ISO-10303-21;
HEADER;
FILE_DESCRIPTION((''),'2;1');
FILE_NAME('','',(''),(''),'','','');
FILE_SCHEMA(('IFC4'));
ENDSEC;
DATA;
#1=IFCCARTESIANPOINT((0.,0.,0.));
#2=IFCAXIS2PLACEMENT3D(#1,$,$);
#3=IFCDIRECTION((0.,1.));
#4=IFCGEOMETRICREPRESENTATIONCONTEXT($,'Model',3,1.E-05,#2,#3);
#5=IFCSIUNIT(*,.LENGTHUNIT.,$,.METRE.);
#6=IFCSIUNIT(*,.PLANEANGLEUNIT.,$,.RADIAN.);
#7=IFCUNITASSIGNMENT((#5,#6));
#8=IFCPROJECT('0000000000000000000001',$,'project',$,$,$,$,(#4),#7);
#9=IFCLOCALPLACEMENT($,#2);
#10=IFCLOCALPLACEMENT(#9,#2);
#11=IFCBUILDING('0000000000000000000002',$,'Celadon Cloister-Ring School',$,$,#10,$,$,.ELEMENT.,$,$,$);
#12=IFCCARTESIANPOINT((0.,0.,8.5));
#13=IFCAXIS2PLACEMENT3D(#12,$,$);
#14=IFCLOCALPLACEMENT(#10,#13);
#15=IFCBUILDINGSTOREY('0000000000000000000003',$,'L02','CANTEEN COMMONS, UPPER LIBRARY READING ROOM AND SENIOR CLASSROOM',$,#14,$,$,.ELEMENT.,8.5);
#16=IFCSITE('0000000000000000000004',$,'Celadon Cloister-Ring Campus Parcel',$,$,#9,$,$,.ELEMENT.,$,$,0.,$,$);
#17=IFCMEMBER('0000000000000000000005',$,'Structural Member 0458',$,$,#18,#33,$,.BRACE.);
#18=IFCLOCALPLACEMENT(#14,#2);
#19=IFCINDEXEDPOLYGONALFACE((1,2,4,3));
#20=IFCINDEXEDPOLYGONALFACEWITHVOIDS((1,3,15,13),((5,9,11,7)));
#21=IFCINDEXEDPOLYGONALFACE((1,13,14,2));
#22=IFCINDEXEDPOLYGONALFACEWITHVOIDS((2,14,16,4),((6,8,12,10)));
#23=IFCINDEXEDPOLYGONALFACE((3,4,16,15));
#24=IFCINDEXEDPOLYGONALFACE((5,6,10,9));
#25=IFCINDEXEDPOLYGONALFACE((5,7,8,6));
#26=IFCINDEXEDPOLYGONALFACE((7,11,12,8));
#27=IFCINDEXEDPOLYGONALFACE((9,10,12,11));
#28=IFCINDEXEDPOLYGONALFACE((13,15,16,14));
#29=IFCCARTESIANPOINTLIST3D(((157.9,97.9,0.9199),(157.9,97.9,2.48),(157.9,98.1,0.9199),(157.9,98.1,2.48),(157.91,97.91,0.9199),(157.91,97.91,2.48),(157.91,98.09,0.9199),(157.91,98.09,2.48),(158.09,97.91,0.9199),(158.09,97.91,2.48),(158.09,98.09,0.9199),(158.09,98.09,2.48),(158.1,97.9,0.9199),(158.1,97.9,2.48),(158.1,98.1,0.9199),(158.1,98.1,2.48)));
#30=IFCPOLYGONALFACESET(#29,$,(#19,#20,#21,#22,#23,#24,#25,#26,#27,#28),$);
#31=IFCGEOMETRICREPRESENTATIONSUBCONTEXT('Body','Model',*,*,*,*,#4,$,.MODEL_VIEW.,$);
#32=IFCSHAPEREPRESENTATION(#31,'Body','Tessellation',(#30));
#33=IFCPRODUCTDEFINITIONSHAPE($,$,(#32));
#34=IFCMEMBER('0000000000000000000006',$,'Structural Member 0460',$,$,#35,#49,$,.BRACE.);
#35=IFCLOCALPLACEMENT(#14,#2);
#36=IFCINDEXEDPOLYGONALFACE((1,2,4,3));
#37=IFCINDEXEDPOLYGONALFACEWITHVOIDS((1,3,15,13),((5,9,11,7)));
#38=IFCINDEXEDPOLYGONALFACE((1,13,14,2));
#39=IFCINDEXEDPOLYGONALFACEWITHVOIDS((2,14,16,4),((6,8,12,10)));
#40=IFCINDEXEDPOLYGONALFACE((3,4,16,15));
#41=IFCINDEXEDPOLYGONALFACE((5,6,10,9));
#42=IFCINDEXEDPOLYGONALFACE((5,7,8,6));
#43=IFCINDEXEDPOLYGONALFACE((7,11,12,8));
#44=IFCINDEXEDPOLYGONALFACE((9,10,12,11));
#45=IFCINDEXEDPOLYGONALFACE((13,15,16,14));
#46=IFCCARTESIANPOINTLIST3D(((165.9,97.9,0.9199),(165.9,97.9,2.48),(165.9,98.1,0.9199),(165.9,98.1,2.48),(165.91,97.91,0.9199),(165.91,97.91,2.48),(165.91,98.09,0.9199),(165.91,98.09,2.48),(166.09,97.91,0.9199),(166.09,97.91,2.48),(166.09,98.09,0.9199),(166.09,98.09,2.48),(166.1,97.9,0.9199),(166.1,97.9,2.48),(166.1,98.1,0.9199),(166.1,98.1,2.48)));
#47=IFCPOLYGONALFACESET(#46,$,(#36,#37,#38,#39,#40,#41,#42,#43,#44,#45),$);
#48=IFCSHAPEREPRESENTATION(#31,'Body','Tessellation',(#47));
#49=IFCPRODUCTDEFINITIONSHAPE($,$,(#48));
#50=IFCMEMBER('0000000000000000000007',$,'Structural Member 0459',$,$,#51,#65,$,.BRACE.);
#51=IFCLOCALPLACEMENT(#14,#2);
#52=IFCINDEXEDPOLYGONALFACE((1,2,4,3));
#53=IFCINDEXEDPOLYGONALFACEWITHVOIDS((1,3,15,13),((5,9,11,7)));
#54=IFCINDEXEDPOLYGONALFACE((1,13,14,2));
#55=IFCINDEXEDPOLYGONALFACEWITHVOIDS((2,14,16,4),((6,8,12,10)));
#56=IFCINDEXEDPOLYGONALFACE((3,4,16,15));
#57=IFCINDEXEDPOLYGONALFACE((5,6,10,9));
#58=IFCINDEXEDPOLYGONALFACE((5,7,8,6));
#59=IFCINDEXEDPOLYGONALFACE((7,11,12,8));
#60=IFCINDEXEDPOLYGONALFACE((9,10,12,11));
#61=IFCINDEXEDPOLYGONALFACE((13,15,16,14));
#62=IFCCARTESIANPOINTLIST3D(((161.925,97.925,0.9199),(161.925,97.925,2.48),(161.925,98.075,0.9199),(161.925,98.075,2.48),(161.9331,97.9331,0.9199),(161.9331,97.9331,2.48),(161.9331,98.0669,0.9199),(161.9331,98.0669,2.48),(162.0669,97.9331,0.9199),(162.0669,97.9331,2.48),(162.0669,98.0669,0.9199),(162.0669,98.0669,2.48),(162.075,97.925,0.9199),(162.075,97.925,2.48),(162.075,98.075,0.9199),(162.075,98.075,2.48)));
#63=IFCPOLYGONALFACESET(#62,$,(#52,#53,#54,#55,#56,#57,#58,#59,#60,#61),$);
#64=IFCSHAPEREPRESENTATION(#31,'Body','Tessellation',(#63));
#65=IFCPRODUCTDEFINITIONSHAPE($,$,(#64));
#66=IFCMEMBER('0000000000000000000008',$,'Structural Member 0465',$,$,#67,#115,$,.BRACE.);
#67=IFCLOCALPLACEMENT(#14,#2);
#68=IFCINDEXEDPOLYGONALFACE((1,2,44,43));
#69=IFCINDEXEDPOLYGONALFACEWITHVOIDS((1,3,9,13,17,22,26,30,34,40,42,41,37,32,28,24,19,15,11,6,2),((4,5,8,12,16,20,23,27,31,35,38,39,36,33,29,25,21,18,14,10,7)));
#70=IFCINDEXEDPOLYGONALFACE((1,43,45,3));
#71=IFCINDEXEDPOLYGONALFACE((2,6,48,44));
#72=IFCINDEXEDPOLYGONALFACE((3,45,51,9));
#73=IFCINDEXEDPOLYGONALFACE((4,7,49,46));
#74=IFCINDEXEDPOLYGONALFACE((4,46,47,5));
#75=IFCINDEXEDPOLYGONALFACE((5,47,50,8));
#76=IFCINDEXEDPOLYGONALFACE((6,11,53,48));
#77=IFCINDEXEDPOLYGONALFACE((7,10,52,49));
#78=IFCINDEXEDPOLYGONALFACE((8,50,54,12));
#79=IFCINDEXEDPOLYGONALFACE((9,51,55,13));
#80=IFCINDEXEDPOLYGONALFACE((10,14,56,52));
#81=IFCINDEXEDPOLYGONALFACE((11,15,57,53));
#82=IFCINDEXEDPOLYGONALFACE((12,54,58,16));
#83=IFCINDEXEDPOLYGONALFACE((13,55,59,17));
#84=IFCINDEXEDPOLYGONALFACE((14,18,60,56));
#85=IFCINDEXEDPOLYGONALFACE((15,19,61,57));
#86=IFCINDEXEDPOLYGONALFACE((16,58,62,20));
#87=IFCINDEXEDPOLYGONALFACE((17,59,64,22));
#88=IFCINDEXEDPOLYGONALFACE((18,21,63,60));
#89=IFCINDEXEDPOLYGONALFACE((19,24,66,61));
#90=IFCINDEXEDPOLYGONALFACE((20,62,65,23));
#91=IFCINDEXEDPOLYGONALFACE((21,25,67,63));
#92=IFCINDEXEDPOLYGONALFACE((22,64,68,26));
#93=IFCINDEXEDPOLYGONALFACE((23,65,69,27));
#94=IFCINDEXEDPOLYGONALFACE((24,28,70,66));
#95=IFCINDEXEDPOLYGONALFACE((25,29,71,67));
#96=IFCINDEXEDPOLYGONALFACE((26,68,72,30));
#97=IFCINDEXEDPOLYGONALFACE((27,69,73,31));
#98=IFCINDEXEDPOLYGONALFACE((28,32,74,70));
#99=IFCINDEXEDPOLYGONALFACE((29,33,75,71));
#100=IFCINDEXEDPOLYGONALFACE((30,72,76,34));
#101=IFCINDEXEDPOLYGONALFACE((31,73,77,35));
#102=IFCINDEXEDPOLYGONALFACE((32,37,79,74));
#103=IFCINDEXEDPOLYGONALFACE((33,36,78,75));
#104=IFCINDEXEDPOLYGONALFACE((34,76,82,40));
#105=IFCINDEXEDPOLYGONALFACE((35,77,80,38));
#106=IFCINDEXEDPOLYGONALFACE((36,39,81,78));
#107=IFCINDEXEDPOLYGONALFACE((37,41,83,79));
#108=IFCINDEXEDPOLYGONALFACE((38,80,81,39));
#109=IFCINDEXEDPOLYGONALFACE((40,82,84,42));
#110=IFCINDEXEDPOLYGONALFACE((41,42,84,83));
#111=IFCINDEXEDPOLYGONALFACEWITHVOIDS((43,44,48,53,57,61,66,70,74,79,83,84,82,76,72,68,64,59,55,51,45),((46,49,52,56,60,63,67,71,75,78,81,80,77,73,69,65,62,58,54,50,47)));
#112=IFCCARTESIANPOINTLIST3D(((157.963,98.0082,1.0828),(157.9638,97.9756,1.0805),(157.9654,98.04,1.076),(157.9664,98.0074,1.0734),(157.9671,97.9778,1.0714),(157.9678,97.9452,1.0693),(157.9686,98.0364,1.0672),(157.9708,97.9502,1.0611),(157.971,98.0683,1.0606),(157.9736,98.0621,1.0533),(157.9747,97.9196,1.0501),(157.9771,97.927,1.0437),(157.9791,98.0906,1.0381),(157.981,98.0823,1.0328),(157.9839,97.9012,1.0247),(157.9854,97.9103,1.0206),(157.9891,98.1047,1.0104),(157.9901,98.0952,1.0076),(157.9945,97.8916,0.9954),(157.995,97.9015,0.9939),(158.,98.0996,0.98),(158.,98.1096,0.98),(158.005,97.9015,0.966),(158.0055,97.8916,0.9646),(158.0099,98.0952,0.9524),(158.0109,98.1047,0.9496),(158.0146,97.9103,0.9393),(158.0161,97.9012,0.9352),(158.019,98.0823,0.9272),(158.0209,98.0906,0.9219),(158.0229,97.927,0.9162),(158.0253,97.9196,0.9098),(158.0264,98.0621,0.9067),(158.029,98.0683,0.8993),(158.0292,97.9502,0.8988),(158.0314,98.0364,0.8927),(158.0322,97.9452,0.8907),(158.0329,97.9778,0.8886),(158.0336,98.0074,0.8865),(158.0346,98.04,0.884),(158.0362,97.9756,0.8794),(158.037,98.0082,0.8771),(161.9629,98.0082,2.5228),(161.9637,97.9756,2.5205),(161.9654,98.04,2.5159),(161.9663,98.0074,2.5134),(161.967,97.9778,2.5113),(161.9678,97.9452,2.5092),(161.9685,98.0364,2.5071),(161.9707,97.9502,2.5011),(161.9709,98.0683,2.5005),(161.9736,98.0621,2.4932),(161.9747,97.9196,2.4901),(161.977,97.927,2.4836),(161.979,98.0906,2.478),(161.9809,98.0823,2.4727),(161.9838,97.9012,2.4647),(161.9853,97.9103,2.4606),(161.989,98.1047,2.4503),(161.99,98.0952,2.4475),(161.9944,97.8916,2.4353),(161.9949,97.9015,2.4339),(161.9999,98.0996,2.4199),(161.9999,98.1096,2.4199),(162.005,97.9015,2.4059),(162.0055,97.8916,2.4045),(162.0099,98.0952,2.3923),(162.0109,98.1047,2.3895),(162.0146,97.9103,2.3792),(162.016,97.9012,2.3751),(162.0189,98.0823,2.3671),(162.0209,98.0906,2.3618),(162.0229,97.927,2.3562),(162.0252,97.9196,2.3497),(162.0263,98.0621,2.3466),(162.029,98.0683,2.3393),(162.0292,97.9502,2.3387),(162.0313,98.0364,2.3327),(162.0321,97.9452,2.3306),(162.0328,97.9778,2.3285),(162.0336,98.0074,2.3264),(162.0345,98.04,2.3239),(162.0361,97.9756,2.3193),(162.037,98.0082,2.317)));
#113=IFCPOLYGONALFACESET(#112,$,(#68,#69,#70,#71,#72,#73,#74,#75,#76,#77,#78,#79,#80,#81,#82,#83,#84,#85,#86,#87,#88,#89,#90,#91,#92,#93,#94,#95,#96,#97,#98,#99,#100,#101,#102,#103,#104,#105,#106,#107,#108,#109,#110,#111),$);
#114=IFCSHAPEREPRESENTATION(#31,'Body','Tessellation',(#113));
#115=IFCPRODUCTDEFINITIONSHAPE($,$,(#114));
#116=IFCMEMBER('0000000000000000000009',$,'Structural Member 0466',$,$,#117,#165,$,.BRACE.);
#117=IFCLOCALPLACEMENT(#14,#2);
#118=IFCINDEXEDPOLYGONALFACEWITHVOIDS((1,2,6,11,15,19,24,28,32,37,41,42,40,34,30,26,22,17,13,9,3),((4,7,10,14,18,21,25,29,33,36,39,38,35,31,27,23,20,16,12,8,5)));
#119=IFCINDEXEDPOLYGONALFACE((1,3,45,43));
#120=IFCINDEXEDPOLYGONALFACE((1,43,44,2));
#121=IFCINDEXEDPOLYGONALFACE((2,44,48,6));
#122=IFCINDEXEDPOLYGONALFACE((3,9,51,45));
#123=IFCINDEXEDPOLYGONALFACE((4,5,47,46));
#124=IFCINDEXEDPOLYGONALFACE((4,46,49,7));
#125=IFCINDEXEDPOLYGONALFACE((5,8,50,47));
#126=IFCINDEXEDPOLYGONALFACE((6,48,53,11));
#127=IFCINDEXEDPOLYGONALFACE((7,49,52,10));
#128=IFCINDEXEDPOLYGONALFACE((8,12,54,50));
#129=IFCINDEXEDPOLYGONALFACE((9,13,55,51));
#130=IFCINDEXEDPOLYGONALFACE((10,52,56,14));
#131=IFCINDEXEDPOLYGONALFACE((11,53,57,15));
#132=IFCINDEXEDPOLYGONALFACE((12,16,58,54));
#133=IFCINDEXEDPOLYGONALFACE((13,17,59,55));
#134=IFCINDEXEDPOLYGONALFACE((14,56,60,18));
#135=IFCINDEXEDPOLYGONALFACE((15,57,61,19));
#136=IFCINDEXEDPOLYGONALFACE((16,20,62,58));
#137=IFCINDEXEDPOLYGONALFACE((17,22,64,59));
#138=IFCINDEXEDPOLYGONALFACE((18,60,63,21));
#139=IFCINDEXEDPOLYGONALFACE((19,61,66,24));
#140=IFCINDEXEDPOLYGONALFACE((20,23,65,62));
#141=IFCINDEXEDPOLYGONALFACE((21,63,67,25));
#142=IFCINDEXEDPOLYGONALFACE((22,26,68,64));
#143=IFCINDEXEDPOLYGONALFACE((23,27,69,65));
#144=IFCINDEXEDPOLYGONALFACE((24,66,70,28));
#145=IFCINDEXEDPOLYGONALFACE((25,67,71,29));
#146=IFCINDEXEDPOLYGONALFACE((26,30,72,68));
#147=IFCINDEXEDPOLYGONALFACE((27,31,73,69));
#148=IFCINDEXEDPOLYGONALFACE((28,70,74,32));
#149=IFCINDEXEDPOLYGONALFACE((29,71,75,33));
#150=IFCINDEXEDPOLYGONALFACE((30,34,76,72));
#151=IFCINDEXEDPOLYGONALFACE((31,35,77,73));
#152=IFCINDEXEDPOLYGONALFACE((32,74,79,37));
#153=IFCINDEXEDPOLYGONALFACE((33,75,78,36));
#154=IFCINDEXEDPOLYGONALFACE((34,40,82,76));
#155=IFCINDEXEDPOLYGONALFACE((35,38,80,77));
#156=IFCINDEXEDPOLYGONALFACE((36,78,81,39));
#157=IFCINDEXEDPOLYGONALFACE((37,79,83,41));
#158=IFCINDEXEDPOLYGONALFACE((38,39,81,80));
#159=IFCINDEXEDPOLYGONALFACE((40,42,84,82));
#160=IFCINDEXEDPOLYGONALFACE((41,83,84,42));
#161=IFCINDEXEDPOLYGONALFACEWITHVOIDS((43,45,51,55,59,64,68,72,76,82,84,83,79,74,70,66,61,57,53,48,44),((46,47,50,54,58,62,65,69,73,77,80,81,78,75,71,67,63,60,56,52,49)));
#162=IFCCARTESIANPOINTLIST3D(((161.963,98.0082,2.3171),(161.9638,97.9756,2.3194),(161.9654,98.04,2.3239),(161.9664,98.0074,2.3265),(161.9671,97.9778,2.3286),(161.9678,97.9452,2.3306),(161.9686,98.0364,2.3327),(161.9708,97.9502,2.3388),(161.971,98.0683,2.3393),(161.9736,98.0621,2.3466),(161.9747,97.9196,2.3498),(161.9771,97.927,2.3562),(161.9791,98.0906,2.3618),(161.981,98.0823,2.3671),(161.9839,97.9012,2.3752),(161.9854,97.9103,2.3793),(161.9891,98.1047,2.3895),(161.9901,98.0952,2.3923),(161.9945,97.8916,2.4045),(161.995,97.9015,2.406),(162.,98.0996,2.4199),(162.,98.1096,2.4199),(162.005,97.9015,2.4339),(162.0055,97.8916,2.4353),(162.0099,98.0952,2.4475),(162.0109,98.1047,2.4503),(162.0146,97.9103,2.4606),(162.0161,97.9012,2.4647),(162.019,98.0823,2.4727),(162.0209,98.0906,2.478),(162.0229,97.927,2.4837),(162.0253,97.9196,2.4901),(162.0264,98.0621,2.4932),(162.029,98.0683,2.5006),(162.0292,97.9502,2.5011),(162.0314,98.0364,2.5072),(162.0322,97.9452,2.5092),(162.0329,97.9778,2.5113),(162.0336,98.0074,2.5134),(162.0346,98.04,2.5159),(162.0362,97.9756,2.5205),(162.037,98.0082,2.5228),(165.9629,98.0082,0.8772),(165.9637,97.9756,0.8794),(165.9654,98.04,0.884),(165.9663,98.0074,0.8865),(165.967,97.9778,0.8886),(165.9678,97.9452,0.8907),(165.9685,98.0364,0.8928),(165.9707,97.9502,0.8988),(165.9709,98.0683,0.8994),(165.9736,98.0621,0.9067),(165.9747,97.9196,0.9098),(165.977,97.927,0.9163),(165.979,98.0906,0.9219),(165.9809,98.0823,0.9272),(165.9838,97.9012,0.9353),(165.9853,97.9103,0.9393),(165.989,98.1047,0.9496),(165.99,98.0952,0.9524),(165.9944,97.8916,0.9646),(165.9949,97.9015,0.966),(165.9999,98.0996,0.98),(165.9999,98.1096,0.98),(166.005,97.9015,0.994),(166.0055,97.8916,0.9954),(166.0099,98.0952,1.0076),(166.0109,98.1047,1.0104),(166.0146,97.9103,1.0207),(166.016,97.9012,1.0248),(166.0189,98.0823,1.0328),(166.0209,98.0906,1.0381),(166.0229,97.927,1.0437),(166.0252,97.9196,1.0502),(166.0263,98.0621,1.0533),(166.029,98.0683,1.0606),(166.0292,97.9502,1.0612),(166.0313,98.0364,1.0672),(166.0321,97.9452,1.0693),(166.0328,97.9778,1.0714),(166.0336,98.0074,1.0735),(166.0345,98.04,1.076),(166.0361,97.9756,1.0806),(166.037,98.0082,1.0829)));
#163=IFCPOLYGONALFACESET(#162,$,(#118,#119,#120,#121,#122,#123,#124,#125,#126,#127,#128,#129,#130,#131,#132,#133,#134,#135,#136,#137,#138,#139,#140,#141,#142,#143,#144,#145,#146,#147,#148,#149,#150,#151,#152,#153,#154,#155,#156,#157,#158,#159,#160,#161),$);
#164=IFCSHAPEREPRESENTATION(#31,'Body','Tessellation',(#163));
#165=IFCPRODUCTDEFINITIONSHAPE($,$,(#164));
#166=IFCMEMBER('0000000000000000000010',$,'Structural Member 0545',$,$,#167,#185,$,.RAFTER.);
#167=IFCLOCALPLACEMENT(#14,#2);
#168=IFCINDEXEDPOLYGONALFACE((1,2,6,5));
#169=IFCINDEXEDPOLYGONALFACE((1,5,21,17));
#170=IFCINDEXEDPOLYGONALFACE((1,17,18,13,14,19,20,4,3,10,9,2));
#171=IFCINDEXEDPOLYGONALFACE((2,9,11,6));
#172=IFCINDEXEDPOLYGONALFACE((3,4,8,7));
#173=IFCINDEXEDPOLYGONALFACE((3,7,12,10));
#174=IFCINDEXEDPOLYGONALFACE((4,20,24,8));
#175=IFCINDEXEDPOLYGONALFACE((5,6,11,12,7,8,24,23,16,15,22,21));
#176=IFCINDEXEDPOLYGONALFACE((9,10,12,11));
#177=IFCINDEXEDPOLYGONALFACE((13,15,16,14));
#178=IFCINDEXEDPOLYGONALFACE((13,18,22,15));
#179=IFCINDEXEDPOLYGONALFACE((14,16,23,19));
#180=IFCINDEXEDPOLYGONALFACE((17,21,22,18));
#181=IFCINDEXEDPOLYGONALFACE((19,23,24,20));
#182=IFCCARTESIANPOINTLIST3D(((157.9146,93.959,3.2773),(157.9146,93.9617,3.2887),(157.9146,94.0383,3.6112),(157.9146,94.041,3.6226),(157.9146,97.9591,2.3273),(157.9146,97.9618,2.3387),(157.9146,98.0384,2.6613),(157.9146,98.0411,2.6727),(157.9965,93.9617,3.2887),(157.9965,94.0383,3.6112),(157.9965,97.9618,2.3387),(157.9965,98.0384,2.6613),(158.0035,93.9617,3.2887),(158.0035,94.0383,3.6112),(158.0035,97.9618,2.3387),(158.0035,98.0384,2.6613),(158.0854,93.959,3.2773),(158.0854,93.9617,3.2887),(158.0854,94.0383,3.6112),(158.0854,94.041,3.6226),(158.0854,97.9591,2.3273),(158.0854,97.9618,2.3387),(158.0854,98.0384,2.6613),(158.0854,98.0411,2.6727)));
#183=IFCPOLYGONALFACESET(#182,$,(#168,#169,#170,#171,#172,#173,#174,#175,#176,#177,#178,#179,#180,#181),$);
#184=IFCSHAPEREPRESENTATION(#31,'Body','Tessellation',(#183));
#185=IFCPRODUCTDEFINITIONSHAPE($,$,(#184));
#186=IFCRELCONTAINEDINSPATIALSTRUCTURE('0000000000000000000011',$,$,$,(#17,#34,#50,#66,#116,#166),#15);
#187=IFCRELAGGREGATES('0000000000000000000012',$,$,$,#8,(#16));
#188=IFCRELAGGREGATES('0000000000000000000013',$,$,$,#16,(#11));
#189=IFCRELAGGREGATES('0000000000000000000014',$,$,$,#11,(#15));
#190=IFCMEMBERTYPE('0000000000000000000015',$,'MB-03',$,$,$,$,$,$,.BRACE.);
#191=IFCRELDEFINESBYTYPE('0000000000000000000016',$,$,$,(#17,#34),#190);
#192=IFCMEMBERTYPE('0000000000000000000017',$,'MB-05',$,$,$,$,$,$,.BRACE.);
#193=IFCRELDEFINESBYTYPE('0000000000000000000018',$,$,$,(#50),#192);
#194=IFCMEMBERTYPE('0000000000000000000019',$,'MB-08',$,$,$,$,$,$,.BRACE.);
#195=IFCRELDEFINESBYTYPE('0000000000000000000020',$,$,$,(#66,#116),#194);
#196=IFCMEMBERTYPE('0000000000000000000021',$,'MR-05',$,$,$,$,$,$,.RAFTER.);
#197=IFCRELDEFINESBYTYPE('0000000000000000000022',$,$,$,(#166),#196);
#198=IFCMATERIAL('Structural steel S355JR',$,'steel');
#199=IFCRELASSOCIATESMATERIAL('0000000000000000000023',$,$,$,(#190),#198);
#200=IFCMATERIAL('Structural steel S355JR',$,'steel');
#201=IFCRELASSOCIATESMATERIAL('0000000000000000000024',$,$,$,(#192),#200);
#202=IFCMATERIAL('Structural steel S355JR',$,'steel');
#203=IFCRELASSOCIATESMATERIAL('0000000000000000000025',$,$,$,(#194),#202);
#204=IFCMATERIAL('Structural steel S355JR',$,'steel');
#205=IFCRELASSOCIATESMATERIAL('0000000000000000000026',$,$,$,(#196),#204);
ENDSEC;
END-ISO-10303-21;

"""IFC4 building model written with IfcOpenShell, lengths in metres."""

from ifc_helpers import new_model, si_unit, direction, frame, origin, origin_2d, place, context, subcontext, project, spatial, hollow_rectangle, hollow_circle, i_section, extrude, material, material_profile, profile_set, type_object, element, save


model = new_model("IFC4")

# Units and contexts
model_context = context("Model", 3, precision=1e-05, world=origin(), true_north=direction((0.0, 1.0)))
body_context = subcontext(model_context, "Body", "Model", "MODEL_VIEW")
ifc_project = project(units=[si_unit("LENGTHUNIT", "METRE"), si_unit("PLANEANGLEUNIT", "RADIAN")], contexts=[model_context])

# Site, building, storey
site_placement = place(None, origin())
site = spatial("IfcSite", under=ifc_project, at=site_placement, Name="Celadon Cloister-Ring Campus Parcel", CompositionType="ELEMENT", RefElevation=0.0)
building_placement = place(site_placement, origin())
building = spatial("IfcBuilding", under=site, at=building_placement, Name="Celadon Cloister-Ring School", CompositionType="ELEMENT")
storey_placement = place(building_placement, frame((0.0, 0.0, 8.5)))
storey = spatial("IfcBuildingStorey", under=building, at=storey_placement, Name="L02", Description="CANTEEN COMMONS, UPPER LIBRARY READING ROOM AND SENIOR CLASSROOM", CompositionType="ELEMENT", Elevation=8.5)

# Members
ifc_material_1 = material(Name="Structural steel S355JR", Category="steel")
ifc_material_profile_1 = material_profile(ifc_material_1, hollow_rectangle(XDim=0.2, YDim=0.2, WallThickness=0.01, at=origin_2d()), Name="HSS200X200X10")
ifc_profile_set_1 = profile_set([ifc_material_profile_1], Name="Structural steel S355JR")
member_type_1 = type_object("IfcMemberType", Name="MB-03", PredefinedType="BRACE", material=ifc_profile_set_1)
for number, where, z_axis, x_axis, name in (
    (1, (158.0, 98.0, 0.9199), (0.0, 0.0, 1.0), (1.0, 0.0, 0.0), "Structural Member 0458"),
    (2, (166.0, 98.0, 0.9199), (0.0, 0.0, 1.0), (1.0, 0.0, 0.0), "Structural Member 0460"),
):
    element("IfcMember", number, at=place(storey_placement, frame(where, z_axis=z_axis, x_axis=x_axis)), inside=storey, type_object=member_type_1, Name=name, PredefinedType="BRACE", context=body_context, shape_type="SweptSolid", body=[
        extrude(hollow_rectangle(XDim=0.2, YDim=0.2, WallThickness=0.01, at=origin_2d()), origin(), (0.0, 0.0, 1.0), 1.5601),
    ])
ifc_material_2 = material(Name="Structural steel S355JR", Category="steel")
ifc_material_profile_2 = material_profile(ifc_material_2, hollow_rectangle(XDim=0.1499, YDim=0.1499, WallThickness=0.0081, at=origin_2d()), Name="HSS150X150X8")
ifc_profile_set_2 = profile_set([ifc_material_profile_2], Name="Structural steel S355JR")
member_type_2 = type_object("IfcMemberType", Name="MB-05", PredefinedType="BRACE", material=ifc_profile_set_2)
member_placement = place(storey_placement, frame((162.0, 98.0, 0.9199), z_axis=(0.0, 0.0, 1.0), x_axis=(1.0, 0.0, 0.0)))
element("IfcMember", 3, at=member_placement, inside=storey, type_object=member_type_2, Name="Structural Member 0459", PredefinedType="BRACE", context=body_context, shape_type="SweptSolid", body=[
    extrude(hollow_rectangle(XDim=0.1499, YDim=0.1499, WallThickness=0.0081, at=origin_2d()), origin(), (0.0, 0.0, 1.0), 1.5601),
])
ifc_material_3 = material(Name="Structural steel S355JR", Category="steel")
ifc_material_profile_3 = material_profile(ifc_material_3, hollow_circle(Radius=0.1096, WallThickness=0.01, at=origin_2d()), Name="CHS219.1X10")
ifc_profile_set_3 = profile_set([ifc_material_profile_3], Name="Structural steel S355JR")
member_type_3 = type_object("IfcMemberType", Name="MB-08", PredefinedType="BRACE", material=ifc_profile_set_3)
for number, where, z_axis, x_axis, name in (
    (4, (158.0, 98.0, 0.98), (0.940892, 0.0, 0.338707), (0.0, 1.0, 0.0), "Structural Member 0465"),
    (5, (162.0, 98.0, 2.4199), (0.940892, 0.0, -0.338707), (0.0, 1.0, 0.0), "Structural Member 0466"),
):
    element("IfcMember", number, at=place(storey_placement, frame(where, z_axis=z_axis, x_axis=x_axis)), inside=storey, type_object=member_type_3, Name=name, PredefinedType="BRACE", context=body_context, shape_type="SweptSolid", body=[
        extrude(hollow_circle(Radius=0.1096, WallThickness=0.01, at=origin_2d()), origin(), (0.0, 0.0, 1.0), 4.2512),
    ])
ifc_material_4 = material(Name="Structural steel S355JR", Category="steel")
ifc_material_profile_4 = material_profile(ifc_material_4, i_section(OverallWidth=0.1709, OverallDepth=0.355, WebThickness=0.0071, FlangeThickness=0.0117, at=origin_2d()), Name="W360X51")
ifc_profile_set_4 = profile_set([ifc_material_profile_4], Name="Structural steel S355JR")
member_type_4 = type_object("IfcMemberType", Name="MR-05", PredefinedType="RAFTER", material=ifc_profile_set_4)
for number, where, z_axis, x_axis, name in (
    (6, (158.0, 94.0, 3.45), (0.0, 0.972939, -0.231061), (-1.0, 0.0, 0.0), "Structural Member 0545"),
):
    element("IfcMember", number, at=place(storey_placement, frame(where, z_axis=z_axis, x_axis=x_axis)), inside=storey, type_object=member_type_4, Name=name, PredefinedType="RAFTER", context=body_context, shape_type="SweptSolid", body=[
        extrude(i_section(OverallWidth=0.1709, OverallDepth=0.355, WebThickness=0.0071, FlangeThickness=0.0117, at=origin_2d()), origin(), (0.0, 0.0, 1.0), 4.1113),
    ])

save(model, "model.ifc")
